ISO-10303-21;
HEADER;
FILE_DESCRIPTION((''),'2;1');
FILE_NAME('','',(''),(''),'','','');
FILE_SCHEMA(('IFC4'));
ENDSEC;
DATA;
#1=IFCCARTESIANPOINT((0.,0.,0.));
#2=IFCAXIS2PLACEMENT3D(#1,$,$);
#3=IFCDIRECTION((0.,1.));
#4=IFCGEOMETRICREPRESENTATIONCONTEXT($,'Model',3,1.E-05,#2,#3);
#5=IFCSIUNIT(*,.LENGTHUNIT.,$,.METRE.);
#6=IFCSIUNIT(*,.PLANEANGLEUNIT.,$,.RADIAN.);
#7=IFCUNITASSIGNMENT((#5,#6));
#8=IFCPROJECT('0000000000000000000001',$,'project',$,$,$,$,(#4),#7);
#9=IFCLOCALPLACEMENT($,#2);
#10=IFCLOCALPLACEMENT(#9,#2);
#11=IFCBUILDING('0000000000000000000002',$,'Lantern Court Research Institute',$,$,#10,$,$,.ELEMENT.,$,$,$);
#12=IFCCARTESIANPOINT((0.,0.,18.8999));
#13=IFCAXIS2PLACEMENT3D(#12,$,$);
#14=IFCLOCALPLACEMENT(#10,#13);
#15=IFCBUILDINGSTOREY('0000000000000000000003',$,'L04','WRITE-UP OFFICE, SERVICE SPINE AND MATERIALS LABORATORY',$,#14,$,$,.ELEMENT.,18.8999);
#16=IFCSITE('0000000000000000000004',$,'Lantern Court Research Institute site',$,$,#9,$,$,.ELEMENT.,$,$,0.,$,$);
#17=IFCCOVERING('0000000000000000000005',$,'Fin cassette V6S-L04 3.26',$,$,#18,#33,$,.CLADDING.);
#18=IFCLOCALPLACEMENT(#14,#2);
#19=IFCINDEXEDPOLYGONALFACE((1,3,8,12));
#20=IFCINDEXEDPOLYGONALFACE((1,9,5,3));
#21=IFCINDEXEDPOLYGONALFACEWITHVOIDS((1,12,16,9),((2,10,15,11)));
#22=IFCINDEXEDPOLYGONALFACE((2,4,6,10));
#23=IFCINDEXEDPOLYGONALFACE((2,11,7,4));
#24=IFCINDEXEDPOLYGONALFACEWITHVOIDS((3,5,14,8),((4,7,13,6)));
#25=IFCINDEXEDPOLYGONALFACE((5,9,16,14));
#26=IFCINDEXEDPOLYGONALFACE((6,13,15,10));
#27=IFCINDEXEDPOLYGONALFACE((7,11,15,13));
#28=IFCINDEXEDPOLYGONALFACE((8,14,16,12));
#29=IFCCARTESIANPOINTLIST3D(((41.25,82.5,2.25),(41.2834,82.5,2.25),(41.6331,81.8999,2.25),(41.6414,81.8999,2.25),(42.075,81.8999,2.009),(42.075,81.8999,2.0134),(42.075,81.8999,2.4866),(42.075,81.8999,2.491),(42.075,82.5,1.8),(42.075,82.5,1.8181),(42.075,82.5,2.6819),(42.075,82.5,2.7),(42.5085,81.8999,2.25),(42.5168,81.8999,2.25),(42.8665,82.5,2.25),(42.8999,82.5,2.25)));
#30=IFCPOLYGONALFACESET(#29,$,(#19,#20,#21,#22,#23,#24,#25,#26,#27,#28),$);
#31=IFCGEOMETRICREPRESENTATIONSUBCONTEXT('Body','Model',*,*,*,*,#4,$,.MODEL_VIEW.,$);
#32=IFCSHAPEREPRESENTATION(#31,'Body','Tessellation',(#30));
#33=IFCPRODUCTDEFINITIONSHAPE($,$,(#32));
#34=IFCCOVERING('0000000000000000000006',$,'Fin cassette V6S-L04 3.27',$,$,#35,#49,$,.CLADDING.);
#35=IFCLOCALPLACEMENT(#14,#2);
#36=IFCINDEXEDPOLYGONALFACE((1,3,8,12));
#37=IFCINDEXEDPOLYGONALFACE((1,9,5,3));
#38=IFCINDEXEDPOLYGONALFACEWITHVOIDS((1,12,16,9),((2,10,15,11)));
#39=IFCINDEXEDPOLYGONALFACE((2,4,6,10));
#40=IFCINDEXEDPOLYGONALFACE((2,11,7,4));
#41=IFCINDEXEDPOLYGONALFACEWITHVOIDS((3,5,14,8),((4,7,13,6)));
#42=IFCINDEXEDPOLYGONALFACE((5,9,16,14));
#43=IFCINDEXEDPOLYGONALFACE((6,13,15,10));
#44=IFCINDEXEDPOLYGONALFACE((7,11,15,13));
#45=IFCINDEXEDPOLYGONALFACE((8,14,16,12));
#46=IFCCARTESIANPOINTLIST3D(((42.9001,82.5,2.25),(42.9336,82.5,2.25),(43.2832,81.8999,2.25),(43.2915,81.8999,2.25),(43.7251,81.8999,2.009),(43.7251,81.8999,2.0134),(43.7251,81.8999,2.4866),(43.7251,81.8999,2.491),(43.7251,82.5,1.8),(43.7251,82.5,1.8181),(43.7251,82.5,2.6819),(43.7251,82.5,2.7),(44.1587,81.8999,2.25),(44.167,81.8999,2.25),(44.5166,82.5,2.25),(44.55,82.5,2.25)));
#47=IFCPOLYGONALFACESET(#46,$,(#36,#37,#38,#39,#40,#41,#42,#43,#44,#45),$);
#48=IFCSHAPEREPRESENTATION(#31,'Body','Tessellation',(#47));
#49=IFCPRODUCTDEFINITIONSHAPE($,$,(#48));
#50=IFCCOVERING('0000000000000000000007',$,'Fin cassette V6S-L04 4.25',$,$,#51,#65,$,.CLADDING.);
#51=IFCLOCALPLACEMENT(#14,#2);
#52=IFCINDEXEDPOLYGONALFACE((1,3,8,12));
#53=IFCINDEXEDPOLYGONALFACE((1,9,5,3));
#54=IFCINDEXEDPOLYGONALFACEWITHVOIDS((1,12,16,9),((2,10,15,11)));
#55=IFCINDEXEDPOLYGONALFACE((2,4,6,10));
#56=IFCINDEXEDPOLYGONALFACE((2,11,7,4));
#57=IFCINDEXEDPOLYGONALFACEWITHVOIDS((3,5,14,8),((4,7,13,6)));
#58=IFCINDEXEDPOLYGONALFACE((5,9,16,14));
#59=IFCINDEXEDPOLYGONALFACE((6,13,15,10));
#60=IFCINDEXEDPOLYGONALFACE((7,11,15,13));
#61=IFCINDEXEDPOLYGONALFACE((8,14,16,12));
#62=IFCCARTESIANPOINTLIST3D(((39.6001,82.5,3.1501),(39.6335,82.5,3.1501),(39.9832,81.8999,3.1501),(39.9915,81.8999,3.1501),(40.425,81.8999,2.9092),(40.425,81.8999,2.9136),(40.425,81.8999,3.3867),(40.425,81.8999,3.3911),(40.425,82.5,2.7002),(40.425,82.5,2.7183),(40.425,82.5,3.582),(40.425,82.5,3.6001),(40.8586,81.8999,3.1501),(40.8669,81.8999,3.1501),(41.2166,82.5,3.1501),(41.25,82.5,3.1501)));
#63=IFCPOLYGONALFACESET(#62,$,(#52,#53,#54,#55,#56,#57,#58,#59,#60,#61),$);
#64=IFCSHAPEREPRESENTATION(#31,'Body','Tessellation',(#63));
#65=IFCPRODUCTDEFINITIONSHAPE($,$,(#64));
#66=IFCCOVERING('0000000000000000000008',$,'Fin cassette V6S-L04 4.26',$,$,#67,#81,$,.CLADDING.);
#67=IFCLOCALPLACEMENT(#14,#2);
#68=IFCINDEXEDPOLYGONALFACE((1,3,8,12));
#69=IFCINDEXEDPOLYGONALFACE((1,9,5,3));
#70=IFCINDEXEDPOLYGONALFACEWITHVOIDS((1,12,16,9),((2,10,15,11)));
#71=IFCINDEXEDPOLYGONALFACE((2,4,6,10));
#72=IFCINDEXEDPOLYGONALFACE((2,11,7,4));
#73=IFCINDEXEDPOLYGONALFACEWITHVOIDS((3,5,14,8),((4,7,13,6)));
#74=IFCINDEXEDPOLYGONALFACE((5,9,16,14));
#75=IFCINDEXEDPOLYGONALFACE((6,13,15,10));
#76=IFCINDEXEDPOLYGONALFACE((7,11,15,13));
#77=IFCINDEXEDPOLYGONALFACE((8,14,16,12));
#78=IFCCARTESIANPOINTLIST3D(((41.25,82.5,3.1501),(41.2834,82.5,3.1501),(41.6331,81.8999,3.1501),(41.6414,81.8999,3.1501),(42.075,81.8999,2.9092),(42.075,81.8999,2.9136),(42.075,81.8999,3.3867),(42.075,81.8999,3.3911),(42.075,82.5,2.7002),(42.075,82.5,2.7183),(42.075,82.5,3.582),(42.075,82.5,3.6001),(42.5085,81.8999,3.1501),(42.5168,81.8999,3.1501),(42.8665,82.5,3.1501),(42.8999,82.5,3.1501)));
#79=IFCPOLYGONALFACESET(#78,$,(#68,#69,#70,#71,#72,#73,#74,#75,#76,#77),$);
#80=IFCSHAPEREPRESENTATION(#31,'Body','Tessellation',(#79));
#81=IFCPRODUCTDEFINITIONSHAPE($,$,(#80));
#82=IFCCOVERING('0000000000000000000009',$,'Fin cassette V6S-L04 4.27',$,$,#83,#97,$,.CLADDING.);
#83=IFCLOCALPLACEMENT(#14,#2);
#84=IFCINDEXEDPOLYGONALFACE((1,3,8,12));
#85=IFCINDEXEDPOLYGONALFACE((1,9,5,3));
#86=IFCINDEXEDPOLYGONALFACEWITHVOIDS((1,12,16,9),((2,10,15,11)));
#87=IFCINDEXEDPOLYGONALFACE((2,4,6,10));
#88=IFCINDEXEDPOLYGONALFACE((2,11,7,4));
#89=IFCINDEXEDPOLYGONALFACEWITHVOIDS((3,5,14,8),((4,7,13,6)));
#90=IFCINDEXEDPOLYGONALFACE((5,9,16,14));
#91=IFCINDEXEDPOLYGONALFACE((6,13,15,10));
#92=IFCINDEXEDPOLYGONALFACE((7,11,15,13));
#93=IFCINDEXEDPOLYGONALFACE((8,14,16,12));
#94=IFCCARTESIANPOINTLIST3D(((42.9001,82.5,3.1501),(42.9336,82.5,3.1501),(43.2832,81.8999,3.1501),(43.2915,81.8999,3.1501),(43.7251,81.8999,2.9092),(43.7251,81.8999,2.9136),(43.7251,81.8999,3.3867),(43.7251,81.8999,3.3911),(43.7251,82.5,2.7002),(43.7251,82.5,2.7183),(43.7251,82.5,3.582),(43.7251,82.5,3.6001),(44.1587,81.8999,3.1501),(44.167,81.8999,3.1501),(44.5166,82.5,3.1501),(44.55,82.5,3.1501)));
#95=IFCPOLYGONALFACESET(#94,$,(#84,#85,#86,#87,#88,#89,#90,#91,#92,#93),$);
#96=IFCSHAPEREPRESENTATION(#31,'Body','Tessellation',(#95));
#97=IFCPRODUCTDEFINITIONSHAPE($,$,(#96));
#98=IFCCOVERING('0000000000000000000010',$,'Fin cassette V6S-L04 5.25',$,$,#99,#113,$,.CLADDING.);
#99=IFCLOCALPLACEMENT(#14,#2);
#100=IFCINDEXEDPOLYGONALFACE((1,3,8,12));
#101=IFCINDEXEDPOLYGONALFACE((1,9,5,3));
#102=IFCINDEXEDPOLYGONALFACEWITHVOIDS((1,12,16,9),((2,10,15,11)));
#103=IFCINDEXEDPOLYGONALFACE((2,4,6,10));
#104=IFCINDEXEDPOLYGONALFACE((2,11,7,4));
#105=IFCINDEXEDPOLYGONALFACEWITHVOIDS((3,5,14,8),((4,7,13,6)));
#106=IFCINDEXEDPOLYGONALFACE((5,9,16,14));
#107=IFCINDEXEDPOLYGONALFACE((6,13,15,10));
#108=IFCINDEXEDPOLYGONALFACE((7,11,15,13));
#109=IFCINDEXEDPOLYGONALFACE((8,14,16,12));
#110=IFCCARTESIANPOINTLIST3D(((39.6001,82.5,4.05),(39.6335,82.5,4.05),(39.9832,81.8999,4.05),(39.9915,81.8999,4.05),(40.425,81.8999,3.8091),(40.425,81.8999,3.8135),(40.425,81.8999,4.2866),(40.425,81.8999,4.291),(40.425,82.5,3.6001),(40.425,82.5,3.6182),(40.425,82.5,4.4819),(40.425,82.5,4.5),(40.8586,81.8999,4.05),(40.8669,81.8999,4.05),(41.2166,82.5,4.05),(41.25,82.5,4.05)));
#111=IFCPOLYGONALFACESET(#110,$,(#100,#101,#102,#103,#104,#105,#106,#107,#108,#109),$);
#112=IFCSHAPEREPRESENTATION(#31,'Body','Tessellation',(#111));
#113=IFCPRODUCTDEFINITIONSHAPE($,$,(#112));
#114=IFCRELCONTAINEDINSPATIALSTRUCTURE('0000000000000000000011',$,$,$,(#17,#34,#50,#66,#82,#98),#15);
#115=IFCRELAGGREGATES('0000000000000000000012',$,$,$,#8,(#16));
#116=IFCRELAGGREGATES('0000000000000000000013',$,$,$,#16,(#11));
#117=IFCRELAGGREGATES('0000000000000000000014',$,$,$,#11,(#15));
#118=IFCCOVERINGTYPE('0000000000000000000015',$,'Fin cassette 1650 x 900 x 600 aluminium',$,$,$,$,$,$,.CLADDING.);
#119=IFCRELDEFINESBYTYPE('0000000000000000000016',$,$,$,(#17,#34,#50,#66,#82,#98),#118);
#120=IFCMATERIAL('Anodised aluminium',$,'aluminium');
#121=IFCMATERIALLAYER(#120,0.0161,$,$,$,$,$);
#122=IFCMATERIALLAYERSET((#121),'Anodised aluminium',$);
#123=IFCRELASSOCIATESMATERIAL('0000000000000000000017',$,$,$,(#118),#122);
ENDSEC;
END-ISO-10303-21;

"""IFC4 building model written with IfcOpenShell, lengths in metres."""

from ifc_helpers import new_model, entity, si_unit, direction, frame, origin, place, context, subcontext, project, spatial, material, layer, layer_set, type_object, element, save


model = new_model("IFC4")

# Units and contexts
model_context = context("Model", 3, precision=1e-05, world=origin(), true_north=direction((0.0, 1.0)))
body_context = subcontext(model_context, "Body", "Model", "MODEL_VIEW")
ifc_project = project(units=[si_unit("LENGTHUNIT", "METRE"), si_unit("PLANEANGLEUNIT", "RADIAN")], contexts=[model_context])

# Site, building, storey
site_placement = place(None, origin())
site = spatial("IfcSite", under=ifc_project, at=site_placement, Name="Lantern Court Research Institute site", CompositionType="ELEMENT", RefElevation=0.0)
building_placement = place(site_placement, origin())
building = spatial("IfcBuilding", under=site, at=building_placement, Name="Lantern Court Research Institute", CompositionType="ELEMENT")
storey_placement = place(building_placement, frame((0.0, 0.0, 18.8999)))
storey = spatial("IfcBuildingStorey", under=building, at=storey_placement, Name="L04", Description="WRITE-UP OFFICE, SERVICE SPINE AND MATERIALS LABORATORY", CompositionType="ELEMENT", Elevation=18.8999)

# Coverings
ifc_material_1 = material(Name="Anodised aluminium", Category="aluminium")
ifc_layer_1 = layer(ifc_material_1, 0.0161)
ifc_layer_set_1 = layer_set([ifc_layer_1], Name="Anodised aluminium")
covering_type = type_object("IfcCoveringType", Name="Fin cassette 1650 x 900 x 600 aluminium", PredefinedType="CLADDING", material=ifc_layer_set_1)
covering_1_placement = place(storey_placement, frame((42.075, 82.5, 2.25), z_axis=(0.0, -1.0, 0.0), x_axis=(1.0, 0.0, 0.0)))
cartesian_point_1 = entity("IfcCartesianPoint", [0.825, 0.0])
cartesian_point_2 = entity("IfcCartesianPoint", [0.7915, 0.0])
cartesian_point_3 = entity("IfcCartesianPoint", [0.4419, 0.0])
cartesian_point_4 = entity("IfcCartesianPoint", [0.4336, 0.0])
element("IfcCovering", 1, at=covering_1_placement, inside=storey, type_object=covering_type, Name="Fin cassette V6S-L04 3.26", PredefinedType="CLADDING", context=body_context, shape_type="SweptSolid", body=[
    entity("IfcExtrudedAreaSolidTapered", entity("IfcArbitraryProfileDefWithVoids", "AREA", None, entity("IfcPolyline", [cartesian_point_1, entity("IfcCartesianPoint", [0.0, 0.45]), entity("IfcCartesianPoint", [-0.825, 0.0]), entity("IfcCartesianPoint", [0.0, -0.45]), cartesian_point_1]), [entity("IfcPolyline", [cartesian_point_2, entity("IfcCartesianPoint", [0.0, 0.4319]), entity("IfcCartesianPoint", [-0.7915, 0.0]), entity("IfcCartesianPoint", [0.0, -0.4319]), cartesian_point_2])]), entity("IfcAxis2Placement3D", entity("IfcCartesianPoint", [0.0, 0.0, 0.0])), entity("IfcDirection", [0.0, 0.0, 1.0]), 0.6001, entity("IfcArbitraryProfileDefWithVoids", "AREA", None, entity("IfcPolyline", [cartesian_point_3, entity("IfcCartesianPoint", [0.0, 0.241]), entity("IfcCartesianPoint", [-0.4419, 0.0]), entity("IfcCartesianPoint", [0.0, -0.241]), cartesian_point_3]), [entity("IfcPolyline", [cartesian_point_4, entity("IfcCartesianPoint", [0.0, 0.2366]), entity("IfcCartesianPoint", [-0.4336, 0.0]), entity("IfcCartesianPoint", [0.0, -0.2366]), cartesian_point_4])])),
])
covering_2_placement = place(storey_placement, frame((43.7251, 82.5, 2.25), z_axis=(0.0, -1.0, 0.0), x_axis=(1.0, 0.0, 0.0)))
cartesian_point_5 = entity("IfcCartesianPoint", [0.825, 0.0])
cartesian_point_6 = entity("IfcCartesianPoint", [0.7915, 0.0])
cartesian_point_7 = entity("IfcCartesianPoint", [0.4419, 0.0])
cartesian_point_8 = entity("IfcCartesianPoint", [0.4336, 0.0])
element("IfcCovering", 2, at=covering_2_placement, inside=storey, type_object=covering_type, Name="Fin cassette V6S-L04 3.27", PredefinedType="CLADDING", context=body_context, shape_type="SweptSolid", body=[
    entity("IfcExtrudedAreaSolidTapered", entity("IfcArbitraryProfileDefWithVoids", "AREA", None, entity("IfcPolyline", [cartesian_point_5, entity("IfcCartesianPoint", [0.0, 0.45]), entity("IfcCartesianPoint", [-0.825, 0.0]), entity("IfcCartesianPoint", [0.0, -0.45]), cartesian_point_5]), [entity("IfcPolyline", [cartesian_point_6, entity("IfcCartesianPoint", [0.0, 0.4319]), entity("IfcCartesianPoint", [-0.7915, 0.0]), entity("IfcCartesianPoint", [0.0, -0.4319]), cartesian_point_6])]), entity("IfcAxis2Placement3D", entity("IfcCartesianPoint", [0.0, 0.0, 0.0])), entity("IfcDirection", [0.0, 0.0, 1.0]), 0.6001, entity("IfcArbitraryProfileDefWithVoids", "AREA", None, entity("IfcPolyline", [cartesian_point_7, entity("IfcCartesianPoint", [0.0, 0.241]), entity("IfcCartesianPoint", [-0.4419, 0.0]), entity("IfcCartesianPoint", [0.0, -0.241]), cartesian_point_7]), [entity("IfcPolyline", [cartesian_point_8, entity("IfcCartesianPoint", [0.0, 0.2366]), entity("IfcCartesianPoint", [-0.4336, 0.0]), entity("IfcCartesianPoint", [0.0, -0.2366]), cartesian_point_8])])),
])
covering_3_placement = place(storey_placement, frame((40.425, 82.5, 3.1501), z_axis=(0.0, -1.0, 0.0), x_axis=(1.0, 0.0, 0.0)))
cartesian_point_9 = entity("IfcCartesianPoint", [0.825, 0.0])
cartesian_point_10 = entity("IfcCartesianPoint", [0.7915, 0.0])
cartesian_point_11 = entity("IfcCartesianPoint", [0.4419, 0.0])
cartesian_point_12 = entity("IfcCartesianPoint", [0.4336, 0.0])
element("IfcCovering", 3, at=covering_3_placement, inside=storey, type_object=covering_type, Name="Fin cassette V6S-L04 4.25", PredefinedType="CLADDING", context=body_context, shape_type="SweptSolid", body=[
    entity("IfcExtrudedAreaSolidTapered", entity("IfcArbitraryProfileDefWithVoids", "AREA", None, entity("IfcPolyline", [cartesian_point_9, entity("IfcCartesianPoint", [0.0, 0.45]), entity("IfcCartesianPoint", [-0.825, 0.0]), entity("IfcCartesianPoint", [0.0, -0.45]), cartesian_point_9]), [entity("IfcPolyline", [cartesian_point_10, entity("IfcCartesianPoint", [0.0, 0.4319]), entity("IfcCartesianPoint", [-0.7915, 0.0]), entity("IfcCartesianPoint", [0.0, -0.4319]), cartesian_point_10])]), entity("IfcAxis2Placement3D", entity("IfcCartesianPoint", [0.0, 0.0, 0.0])), entity("IfcDirection", [0.0, 0.0, 1.0]), 0.6001, entity("IfcArbitraryProfileDefWithVoids", "AREA", None, entity("IfcPolyline", [cartesian_point_11, entity("IfcCartesianPoint", [0.0, 0.241]), entity("IfcCartesianPoint", [-0.4419, 0.0]), entity("IfcCartesianPoint", [0.0, -0.241]), cartesian_point_11]), [entity("IfcPolyline", [cartesian_point_12, entity("IfcCartesianPoint", [0.0, 0.2366]), entity("IfcCartesianPoint", [-0.4336, 0.0]), entity("IfcCartesianPoint", [0.0, -0.2366]), cartesian_point_12])])),
])
covering_4_placement = place(storey_placement, frame((42.075, 82.5, 3.1501), z_axis=(0.0, -1.0, 0.0), x_axis=(1.0, 0.0, 0.0)))
cartesian_point_13 = entity("IfcCartesianPoint", [0.825, 0.0])
cartesian_point_14 = entity("IfcCartesianPoint", [0.7915, 0.0])
cartesian_point_15 = entity("IfcCartesianPoint", [0.4419, 0.0])
cartesian_point_16 = entity("IfcCartesianPoint", [0.4336, 0.0])
element("IfcCovering", 4, at=covering_4_placement, inside=storey, type_object=covering_type, Name="Fin cassette V6S-L04 4.26", PredefinedType="CLADDING", context=body_context, shape_type="SweptSolid", body=[
    entity("IfcExtrudedAreaSolidTapered", entity("IfcArbitraryProfileDefWithVoids", "AREA", None, entity("IfcPolyline", [cartesian_point_13, entity("IfcCartesianPoint", [0.0, 0.45]), entity("IfcCartesianPoint", [-0.825, 0.0]), entity("IfcCartesianPoint", [0.0, -0.45]), cartesian_point_13]), [entity("IfcPolyline", [cartesian_point_14, entity("IfcCartesianPoint", [0.0, 0.4319]), entity("IfcCartesianPoint", [-0.7915, 0.0]), entity("IfcCartesianPoint", [0.0, -0.4319]), cartesian_point_14])]), entity("IfcAxis2Placement3D", entity("IfcCartesianPoint", [0.0, 0.0, 0.0])), entity("IfcDirection", [0.0, 0.0, 1.0]), 0.6001, entity("IfcArbitraryProfileDefWithVoids", "AREA", None, entity("IfcPolyline", [cartesian_point_15, entity("IfcCartesianPoint", [0.0, 0.241]), entity("IfcCartesianPoint", [-0.4419, 0.0]), entity("IfcCartesianPoint", [0.0, -0.241]), cartesian_point_15]), [entity("IfcPolyline", [cartesian_point_16, entity("IfcCartesianPoint", [0.0, 0.2366]), entity("IfcCartesianPoint", [-0.4336, 0.0]), entity("IfcCartesianPoint", [0.0, -0.2366]), cartesian_point_16])])),
])
covering_5_placement = place(storey_placement, frame((43.7251, 82.5, 3.1501), z_axis=(0.0, -1.0, 0.0), x_axis=(1.0, 0.0, 0.0)))
cartesian_point_17 = entity("IfcCartesianPoint", [0.825, 0.0])
cartesian_point_18 = entity("IfcCartesianPoint", [0.7915, 0.0])
cartesian_point_19 = entity("IfcCartesianPoint", [0.4419, 0.0])
cartesian_point_20 = entity("IfcCartesianPoint", [0.4336, 0.0])
element("IfcCovering", 5, at=covering_5_placement, inside=storey, type_object=covering_type, Name="Fin cassette V6S-L04 4.27", PredefinedType="CLADDING", context=body_context, shape_type="SweptSolid", body=[
    entity("IfcExtrudedAreaSolidTapered", entity("IfcArbitraryProfileDefWithVoids", "AREA", None, entity("IfcPolyline", [cartesian_point_17, entity("IfcCartesianPoint", [0.0, 0.45]), entity("IfcCartesianPoint", [-0.825, 0.0]), entity("IfcCartesianPoint", [0.0, -0.45]), cartesian_point_17]), [entity("IfcPolyline", [cartesian_point_18, entity("IfcCartesianPoint", [0.0, 0.4319]), entity("IfcCartesianPoint", [-0.7915, 0.0]), entity("IfcCartesianPoint", [0.0, -0.4319]), cartesian_point_18])]), entity("IfcAxis2Placement3D", entity("IfcCartesianPoint", [0.0, 0.0, 0.0])), entity("IfcDirection", [0.0, 0.0, 1.0]), 0.6001, entity("IfcArbitraryProfileDefWithVoids", "AREA", None, entity("IfcPolyline", [cartesian_point_19, entity("IfcCartesianPoint", [0.0, 0.241]), entity("IfcCartesianPoint", [-0.4419, 0.0]), entity("IfcCartesianPoint", [0.0, -0.241]), cartesian_point_19]), [entity("IfcPolyline", [cartesian_point_20, entity("IfcCartesianPoint", [0.0, 0.2366]), entity("IfcCartesianPoint", [-0.4336, 0.0]), entity("IfcCartesianPoint", [0.0, -0.2366]), cartesian_point_20])])),
])
covering_6_placement = place(storey_placement, frame((40.425, 82.5, 4.05), z_axis=(0.0, -1.0, 0.0), x_axis=(1.0, 0.0, 0.0)))
cartesian_point_21 = entity("IfcCartesianPoint", [0.825, 0.0])
cartesian_point_22 = entity("IfcCartesianPoint", [0.7915, 0.0])
cartesian_point_23 = entity("IfcCartesianPoint", [0.4419, 0.0])
cartesian_point_24 = entity("IfcCartesianPoint", [0.4336, 0.0])
element("IfcCovering", 6, at=covering_6_placement, inside=storey, type_object=covering_type, Name="Fin cassette V6S-L04 5.25", PredefinedType="CLADDING", context=body_context, shape_type="SweptSolid", body=[
    entity("IfcExtrudedAreaSolidTapered", entity("IfcArbitraryProfileDefWithVoids", "AREA", None, entity("IfcPolyline", [cartesian_point_21, entity("IfcCartesianPoint", [0.0, 0.45]), entity("IfcCartesianPoint", [-0.825, 0.0]), entity("IfcCartesianPoint", [0.0, -0.45]), cartesian_point_21]), [entity("IfcPolyline", [cartesian_point_22, entity("IfcCartesianPoint", [0.0, 0.4319]), entity("IfcCartesianPoint", [-0.7915, 0.0]), entity("IfcCartesianPoint", [0.0, -0.4319]), cartesian_point_22])]), entity("IfcAxis2Placement3D", entity("IfcCartesianPoint", [0.0, 0.0, 0.0])), entity("IfcDirection", [0.0, 0.0, 1.0]), 0.6001, entity("IfcArbitraryProfileDefWithVoids", "AREA", None, entity("IfcPolyline", [cartesian_point_23, entity("IfcCartesianPoint", [0.0, 0.241]), entity("IfcCartesianPoint", [-0.4419, 0.0]), entity("IfcCartesianPoint", [0.0, -0.241]), cartesian_point_23]), [entity("IfcPolyline", [cartesian_point_24, entity("IfcCartesianPoint", [0.0, 0.2366]), entity("IfcCartesianPoint", [-0.4336, 0.0]), entity("IfcCartesianPoint", [0.0, -0.2366]), cartesian_point_24])])),
])

save(model, "model.ifc")
